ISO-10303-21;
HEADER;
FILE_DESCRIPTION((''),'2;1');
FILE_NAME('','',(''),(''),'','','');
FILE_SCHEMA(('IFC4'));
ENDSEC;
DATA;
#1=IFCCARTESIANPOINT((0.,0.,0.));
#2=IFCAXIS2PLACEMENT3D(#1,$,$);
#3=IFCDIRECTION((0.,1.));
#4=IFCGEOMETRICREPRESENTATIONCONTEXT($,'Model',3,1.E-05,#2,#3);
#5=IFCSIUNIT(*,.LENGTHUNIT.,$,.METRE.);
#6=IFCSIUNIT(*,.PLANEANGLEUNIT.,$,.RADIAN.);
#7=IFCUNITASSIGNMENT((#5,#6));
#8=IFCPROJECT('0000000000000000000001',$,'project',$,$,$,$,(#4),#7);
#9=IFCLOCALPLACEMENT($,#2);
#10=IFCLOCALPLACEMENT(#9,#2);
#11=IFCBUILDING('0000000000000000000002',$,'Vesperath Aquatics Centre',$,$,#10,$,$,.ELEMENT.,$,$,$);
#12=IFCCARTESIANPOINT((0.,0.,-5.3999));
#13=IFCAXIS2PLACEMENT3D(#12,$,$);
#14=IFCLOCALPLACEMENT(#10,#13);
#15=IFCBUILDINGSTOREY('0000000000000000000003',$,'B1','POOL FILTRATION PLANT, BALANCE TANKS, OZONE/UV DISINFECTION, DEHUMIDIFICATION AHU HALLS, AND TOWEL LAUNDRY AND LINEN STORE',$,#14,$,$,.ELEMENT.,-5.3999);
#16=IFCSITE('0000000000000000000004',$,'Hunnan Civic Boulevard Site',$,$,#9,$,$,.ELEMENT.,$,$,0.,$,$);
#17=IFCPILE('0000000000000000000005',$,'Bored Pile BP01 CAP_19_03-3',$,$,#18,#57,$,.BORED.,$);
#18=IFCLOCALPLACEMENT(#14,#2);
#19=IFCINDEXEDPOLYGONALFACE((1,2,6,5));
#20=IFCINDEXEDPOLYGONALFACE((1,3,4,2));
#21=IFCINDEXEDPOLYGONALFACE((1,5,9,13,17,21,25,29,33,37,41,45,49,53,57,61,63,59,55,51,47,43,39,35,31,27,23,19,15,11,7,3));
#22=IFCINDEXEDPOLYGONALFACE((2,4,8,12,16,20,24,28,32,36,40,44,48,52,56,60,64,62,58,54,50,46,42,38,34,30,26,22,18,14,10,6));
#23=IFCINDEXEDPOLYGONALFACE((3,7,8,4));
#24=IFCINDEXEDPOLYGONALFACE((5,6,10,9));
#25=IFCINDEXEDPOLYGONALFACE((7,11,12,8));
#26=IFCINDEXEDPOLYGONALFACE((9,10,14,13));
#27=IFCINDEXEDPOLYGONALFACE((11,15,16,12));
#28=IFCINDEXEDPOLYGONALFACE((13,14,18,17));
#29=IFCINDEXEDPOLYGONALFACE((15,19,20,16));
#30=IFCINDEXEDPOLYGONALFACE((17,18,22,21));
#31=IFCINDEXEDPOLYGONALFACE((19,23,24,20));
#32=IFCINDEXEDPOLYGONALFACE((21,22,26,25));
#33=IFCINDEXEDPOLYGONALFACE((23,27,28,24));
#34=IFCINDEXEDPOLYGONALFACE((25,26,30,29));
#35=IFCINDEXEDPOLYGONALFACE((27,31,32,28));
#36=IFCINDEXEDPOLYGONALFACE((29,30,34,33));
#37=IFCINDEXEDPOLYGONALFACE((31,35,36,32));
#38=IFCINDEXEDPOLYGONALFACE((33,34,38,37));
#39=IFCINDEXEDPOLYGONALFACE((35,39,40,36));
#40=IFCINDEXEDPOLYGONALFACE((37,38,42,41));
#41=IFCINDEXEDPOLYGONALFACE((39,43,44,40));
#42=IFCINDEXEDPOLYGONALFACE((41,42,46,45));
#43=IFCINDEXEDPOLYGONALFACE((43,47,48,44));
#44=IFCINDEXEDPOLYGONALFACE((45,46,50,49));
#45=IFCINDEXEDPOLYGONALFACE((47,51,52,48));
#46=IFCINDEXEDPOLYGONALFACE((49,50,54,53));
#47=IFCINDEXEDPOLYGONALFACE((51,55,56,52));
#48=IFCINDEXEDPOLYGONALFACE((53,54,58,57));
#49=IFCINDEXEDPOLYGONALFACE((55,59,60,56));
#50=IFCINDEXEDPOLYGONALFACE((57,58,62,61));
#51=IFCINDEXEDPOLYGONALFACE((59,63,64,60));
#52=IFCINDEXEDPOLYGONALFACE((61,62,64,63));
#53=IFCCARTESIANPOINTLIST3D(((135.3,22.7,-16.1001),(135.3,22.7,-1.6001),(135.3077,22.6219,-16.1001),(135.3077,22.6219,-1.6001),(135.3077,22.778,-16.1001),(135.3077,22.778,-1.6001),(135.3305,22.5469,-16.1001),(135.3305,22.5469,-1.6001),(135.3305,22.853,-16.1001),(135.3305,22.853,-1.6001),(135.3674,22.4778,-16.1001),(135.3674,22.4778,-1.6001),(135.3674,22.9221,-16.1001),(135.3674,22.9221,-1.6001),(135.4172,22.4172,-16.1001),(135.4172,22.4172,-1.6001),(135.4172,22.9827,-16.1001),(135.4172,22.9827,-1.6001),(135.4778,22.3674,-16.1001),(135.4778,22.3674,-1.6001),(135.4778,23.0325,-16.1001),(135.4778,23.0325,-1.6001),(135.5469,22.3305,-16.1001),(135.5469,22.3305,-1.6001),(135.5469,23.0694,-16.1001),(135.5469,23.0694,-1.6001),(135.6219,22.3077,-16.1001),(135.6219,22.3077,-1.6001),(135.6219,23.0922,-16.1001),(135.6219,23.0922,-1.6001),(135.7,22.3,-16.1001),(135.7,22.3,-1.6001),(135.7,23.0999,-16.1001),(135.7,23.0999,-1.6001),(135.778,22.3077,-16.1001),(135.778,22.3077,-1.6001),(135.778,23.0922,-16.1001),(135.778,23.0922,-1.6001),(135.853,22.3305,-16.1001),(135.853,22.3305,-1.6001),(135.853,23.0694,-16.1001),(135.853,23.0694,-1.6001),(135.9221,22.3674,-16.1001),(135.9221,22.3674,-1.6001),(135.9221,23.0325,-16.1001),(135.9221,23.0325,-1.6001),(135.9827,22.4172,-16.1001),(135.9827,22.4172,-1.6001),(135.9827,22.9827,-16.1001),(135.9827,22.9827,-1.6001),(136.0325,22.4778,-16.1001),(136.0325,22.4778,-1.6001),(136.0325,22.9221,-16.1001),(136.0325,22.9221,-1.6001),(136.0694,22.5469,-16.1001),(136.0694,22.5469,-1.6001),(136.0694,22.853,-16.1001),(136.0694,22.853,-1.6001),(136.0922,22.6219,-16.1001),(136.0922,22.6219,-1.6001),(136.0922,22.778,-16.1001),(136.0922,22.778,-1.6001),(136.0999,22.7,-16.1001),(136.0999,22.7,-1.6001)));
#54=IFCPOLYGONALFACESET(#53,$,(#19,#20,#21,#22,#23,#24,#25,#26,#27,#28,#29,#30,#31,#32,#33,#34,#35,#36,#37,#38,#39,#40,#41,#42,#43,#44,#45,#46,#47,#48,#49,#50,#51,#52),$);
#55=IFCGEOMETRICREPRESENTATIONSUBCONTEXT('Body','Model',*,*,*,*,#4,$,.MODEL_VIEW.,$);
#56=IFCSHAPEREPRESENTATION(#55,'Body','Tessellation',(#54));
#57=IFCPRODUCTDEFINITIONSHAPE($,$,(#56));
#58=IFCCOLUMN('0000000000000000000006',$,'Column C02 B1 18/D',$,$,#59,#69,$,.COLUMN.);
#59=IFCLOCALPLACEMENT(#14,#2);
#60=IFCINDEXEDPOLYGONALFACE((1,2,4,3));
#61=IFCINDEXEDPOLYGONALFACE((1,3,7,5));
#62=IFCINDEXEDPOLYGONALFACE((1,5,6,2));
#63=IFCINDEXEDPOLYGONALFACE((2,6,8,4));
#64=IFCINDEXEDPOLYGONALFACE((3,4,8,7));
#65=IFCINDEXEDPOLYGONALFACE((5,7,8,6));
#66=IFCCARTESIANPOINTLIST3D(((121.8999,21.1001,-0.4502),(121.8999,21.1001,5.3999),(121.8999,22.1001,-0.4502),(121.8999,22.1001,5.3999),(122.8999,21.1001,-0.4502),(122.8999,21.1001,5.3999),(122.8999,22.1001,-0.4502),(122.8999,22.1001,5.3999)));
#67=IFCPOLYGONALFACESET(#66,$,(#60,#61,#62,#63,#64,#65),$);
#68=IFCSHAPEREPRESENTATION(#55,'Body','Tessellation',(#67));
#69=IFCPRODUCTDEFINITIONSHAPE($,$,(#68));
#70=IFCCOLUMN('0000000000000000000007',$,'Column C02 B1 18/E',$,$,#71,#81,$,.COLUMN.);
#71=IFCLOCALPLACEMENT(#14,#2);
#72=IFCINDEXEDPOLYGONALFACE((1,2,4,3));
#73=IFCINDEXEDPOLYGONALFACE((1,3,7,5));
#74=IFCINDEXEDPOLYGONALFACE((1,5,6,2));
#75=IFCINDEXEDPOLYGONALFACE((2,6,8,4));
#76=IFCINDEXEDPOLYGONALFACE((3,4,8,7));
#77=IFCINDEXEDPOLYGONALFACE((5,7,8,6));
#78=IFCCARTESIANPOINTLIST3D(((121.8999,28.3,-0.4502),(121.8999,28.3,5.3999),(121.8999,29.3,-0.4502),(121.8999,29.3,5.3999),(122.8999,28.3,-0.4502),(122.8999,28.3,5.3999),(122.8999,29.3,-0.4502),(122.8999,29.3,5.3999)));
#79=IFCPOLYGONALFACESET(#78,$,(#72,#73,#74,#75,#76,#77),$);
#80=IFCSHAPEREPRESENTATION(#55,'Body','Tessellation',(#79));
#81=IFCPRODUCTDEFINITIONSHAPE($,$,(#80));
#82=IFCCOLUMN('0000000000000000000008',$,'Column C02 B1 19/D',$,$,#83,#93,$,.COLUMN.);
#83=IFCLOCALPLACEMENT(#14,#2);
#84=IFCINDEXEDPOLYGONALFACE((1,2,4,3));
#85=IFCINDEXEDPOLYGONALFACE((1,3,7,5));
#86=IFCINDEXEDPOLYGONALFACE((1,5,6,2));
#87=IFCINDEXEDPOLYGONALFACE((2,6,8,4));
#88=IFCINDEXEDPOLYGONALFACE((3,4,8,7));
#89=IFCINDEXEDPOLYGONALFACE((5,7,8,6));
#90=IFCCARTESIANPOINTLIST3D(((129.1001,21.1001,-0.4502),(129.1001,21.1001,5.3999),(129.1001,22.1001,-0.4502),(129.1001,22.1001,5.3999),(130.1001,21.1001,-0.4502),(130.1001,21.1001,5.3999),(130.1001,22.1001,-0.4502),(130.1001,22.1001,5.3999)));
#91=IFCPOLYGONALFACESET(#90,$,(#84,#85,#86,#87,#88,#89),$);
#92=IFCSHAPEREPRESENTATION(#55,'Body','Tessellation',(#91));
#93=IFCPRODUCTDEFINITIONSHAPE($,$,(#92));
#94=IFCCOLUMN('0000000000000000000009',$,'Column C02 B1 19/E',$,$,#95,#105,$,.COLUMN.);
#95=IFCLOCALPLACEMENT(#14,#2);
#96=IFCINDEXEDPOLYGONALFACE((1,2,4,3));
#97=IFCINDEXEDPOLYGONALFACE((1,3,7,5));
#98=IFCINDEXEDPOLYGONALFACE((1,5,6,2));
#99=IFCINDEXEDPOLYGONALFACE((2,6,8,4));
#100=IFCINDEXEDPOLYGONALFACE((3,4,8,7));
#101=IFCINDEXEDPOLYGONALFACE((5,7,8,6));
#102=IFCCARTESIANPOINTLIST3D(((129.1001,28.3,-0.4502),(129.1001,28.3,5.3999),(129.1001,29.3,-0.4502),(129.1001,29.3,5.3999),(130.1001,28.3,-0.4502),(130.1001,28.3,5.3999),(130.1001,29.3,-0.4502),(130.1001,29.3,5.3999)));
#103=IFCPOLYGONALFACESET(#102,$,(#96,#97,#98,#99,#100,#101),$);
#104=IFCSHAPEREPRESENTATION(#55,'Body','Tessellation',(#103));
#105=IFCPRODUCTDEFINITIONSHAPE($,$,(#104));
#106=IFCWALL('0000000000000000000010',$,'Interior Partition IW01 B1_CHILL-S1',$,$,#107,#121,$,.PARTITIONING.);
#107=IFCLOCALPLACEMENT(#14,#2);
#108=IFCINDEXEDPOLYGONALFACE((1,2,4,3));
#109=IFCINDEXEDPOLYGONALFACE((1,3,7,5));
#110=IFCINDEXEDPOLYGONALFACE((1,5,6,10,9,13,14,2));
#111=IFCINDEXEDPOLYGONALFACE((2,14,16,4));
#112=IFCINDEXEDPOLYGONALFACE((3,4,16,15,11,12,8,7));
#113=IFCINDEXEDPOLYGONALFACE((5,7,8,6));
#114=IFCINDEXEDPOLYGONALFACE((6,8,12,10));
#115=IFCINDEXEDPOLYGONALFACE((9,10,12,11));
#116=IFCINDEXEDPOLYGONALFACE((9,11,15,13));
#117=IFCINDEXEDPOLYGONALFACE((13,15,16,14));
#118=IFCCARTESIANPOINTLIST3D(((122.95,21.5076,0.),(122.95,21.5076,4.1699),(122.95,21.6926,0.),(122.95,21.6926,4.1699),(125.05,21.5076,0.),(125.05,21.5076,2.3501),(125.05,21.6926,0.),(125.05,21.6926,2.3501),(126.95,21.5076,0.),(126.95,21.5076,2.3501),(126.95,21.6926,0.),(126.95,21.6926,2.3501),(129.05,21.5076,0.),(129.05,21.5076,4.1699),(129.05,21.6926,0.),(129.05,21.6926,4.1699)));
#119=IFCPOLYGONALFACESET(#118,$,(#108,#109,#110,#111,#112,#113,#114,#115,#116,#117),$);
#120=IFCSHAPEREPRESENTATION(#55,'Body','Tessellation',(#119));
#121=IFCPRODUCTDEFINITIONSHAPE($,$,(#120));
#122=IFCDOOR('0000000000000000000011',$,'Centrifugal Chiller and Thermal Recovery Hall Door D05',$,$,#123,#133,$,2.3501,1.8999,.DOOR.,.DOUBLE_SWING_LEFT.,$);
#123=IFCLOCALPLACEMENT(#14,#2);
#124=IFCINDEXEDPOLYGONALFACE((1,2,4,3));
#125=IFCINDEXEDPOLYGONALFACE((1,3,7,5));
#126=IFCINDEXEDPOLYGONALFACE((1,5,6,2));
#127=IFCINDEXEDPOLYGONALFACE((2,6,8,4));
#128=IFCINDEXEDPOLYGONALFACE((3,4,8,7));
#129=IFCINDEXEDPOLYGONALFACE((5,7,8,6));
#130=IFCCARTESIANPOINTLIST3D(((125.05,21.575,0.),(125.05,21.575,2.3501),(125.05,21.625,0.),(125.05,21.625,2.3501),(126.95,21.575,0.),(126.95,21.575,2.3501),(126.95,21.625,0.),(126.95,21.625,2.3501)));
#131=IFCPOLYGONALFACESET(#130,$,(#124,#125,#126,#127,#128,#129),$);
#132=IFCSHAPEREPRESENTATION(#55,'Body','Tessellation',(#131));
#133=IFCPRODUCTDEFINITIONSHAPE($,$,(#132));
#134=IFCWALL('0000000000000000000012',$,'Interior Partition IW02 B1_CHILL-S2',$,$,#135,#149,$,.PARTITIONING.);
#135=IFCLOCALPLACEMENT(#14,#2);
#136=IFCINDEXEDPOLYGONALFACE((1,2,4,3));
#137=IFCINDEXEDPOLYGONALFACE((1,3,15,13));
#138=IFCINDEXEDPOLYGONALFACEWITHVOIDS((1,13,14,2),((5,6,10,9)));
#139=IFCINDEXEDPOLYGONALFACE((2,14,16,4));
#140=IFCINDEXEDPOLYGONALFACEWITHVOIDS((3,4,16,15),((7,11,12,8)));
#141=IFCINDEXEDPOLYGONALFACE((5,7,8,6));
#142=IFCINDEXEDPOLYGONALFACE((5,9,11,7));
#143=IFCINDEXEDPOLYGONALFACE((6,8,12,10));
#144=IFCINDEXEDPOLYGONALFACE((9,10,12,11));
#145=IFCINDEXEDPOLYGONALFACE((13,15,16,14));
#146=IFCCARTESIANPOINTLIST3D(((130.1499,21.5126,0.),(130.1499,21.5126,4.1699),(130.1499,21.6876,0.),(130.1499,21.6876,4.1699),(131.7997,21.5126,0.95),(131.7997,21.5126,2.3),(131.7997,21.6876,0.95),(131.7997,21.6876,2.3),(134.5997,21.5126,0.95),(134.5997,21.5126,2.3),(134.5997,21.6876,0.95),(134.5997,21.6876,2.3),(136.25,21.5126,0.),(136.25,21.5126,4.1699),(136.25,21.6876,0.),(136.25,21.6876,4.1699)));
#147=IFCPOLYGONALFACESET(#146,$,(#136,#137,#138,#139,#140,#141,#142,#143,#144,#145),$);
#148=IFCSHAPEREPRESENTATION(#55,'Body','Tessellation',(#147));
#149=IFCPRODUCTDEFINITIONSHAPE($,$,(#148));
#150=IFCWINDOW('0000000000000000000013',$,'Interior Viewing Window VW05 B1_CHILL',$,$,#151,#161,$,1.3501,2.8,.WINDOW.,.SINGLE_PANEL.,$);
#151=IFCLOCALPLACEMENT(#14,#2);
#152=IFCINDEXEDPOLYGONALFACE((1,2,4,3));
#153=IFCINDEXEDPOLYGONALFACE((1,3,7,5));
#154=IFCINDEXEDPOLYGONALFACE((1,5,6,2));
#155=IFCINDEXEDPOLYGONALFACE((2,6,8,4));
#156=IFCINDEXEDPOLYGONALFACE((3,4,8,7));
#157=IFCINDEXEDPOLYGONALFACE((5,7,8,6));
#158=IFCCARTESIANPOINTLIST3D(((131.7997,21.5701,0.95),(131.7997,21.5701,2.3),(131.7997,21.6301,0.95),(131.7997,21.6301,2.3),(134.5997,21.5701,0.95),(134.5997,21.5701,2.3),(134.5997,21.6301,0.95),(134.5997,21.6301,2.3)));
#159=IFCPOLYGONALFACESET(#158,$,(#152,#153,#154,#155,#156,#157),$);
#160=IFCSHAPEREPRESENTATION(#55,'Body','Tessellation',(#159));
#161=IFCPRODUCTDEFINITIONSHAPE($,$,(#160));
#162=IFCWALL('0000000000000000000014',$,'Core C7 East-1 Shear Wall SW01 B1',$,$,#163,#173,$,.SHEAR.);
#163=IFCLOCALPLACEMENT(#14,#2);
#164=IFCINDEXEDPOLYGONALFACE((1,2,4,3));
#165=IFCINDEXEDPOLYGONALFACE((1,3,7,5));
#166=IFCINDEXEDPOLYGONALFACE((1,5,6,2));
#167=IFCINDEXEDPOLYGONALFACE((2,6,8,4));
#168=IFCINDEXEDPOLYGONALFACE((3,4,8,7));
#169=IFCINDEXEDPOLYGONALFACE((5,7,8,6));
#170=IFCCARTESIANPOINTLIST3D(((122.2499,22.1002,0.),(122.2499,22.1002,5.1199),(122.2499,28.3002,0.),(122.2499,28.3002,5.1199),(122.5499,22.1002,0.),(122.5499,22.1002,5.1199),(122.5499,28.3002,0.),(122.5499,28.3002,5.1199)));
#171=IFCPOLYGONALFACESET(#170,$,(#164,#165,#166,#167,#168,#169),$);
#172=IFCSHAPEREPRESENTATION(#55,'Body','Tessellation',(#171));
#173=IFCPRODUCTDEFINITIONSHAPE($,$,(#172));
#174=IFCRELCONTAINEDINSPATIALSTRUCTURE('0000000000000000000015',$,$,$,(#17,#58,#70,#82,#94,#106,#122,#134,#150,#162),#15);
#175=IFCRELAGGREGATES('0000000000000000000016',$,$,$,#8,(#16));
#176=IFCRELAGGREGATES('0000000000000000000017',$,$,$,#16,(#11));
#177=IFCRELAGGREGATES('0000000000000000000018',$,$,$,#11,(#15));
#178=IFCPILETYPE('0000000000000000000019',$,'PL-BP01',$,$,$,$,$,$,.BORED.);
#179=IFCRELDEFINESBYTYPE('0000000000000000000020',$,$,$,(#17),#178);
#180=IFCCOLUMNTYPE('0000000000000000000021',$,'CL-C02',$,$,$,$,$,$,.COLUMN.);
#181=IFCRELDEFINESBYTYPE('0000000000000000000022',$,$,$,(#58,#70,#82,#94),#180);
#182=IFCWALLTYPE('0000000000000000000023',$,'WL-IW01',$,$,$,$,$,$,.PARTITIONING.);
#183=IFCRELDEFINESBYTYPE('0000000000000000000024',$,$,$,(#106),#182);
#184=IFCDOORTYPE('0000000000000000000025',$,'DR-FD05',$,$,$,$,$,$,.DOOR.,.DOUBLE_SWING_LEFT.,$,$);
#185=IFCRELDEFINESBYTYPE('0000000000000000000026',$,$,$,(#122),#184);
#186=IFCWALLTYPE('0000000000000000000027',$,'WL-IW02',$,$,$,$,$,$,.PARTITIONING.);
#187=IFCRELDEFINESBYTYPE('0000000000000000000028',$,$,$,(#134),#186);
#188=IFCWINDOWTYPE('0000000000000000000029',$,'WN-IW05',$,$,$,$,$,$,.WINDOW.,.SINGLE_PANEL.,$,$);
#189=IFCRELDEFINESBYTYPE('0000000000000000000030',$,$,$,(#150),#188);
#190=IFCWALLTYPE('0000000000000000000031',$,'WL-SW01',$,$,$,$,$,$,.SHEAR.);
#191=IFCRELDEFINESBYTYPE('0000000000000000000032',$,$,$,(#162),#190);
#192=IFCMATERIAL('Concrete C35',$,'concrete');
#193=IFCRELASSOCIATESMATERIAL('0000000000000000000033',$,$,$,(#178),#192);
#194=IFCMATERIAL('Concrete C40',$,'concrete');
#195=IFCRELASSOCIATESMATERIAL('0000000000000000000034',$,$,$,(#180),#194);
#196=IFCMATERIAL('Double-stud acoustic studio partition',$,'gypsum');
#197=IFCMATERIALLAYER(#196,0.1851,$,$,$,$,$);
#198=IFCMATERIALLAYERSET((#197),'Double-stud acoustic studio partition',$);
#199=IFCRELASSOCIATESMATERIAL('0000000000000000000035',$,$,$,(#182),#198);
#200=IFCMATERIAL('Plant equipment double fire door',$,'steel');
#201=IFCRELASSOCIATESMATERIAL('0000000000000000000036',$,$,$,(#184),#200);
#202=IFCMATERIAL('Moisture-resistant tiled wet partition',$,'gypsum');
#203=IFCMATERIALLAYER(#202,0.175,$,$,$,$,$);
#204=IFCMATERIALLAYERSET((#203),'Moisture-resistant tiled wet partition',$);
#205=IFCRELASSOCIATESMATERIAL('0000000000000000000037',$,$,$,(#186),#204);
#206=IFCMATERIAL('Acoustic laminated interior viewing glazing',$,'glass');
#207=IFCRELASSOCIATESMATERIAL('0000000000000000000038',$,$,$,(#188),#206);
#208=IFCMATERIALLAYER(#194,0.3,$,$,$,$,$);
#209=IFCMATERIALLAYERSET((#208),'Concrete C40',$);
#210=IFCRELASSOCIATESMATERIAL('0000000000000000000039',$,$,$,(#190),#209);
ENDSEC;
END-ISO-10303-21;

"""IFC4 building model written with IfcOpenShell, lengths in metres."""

from ifc_helpers import new_model, si_unit, direction, frame, frame_2d, origin, origin_2d, place, context, subcontext, project, spatial, rectangle, circle, extrude, material, layer, layer_set, material_profile, profile_set, type_object, element, fill, save


model = new_model("IFC4")

# Units and contexts
model_context = context("Model", 3, precision=1e-05, world=origin(), true_north=direction((0.0, 1.0)))
body_context = subcontext(model_context, "Body", "Model", "MODEL_VIEW")
ifc_project = project(units=[si_unit("LENGTHUNIT", "METRE"), si_unit("PLANEANGLEUNIT", "RADIAN")], contexts=[model_context])

# Site, building, storey
site_placement = place(None, origin())
site = spatial("IfcSite", under=ifc_project, at=site_placement, Name="Hunnan Civic Boulevard Site", CompositionType="ELEMENT", RefElevation=0.0)
building_placement = place(site_placement, origin())
building = spatial("IfcBuilding", under=site, at=building_placement, Name="Vesperath Aquatics Centre", CompositionType="ELEMENT")
storey_placement = place(building_placement, frame((0.0, 0.0, -5.3999)))
storey = spatial("IfcBuildingStorey", under=building, at=storey_placement, Name="B1", Description="POOL FILTRATION PLANT, BALANCE TANKS, OZONE/UV DISINFECTION, DEHUMIDIFICATION AHU HALLS, AND TOWEL LAUNDRY AND LINEN STORE", CompositionType="ELEMENT", Elevation=-5.3999)

# Shared definitions
ifc_material_1 = material(Name="Concrete C40", Category="concrete")

# Pile
ifc_material_2 = material(Name="Concrete C35", Category="concrete")
ifc_material_profile_1 = material_profile(ifc_material_2, circle(Radius=0.3999, at=origin_2d()), Name="PILE D800")
ifc_profile_set_1 = profile_set([ifc_material_profile_1], Name="Concrete C35")
pile_type = type_object("IfcPileType", Name="PL-BP01", PredefinedType="BORED", material=ifc_profile_set_1)
for number, where, z_axis, x_axis, name in (
    (1, (135.7, 22.7, -1.6001), (0.0, 0.0, -1.0), (1.0, 0.0, 0.0), "Bored Pile BP01 CAP_19_03-3"),
):
    element("IfcPile", number, at=place(storey_placement, frame(where, z_axis=z_axis, x_axis=x_axis)), inside=storey, type_object=pile_type, Name=name, PredefinedType="BORED", context=body_context, shape_type="SweptSolid", body=[
        extrude(circle(Radius=0.3999, at=origin_2d()), origin(), (0.0, 0.0, 1.0), 14.5),
    ])

# Columns
ifc_material_profile_2 = material_profile(ifc_material_1, rectangle(XDim=1.0, YDim=1.0, at=origin_2d()), Name="RC 1000x1000")
ifc_profile_set_2 = profile_set([ifc_material_profile_2], Name="Concrete C40")
column_type = type_object("IfcColumnType", Name="CL-C02", PredefinedType="COLUMN", material=ifc_profile_set_2)
for number, where, z_axis, x_axis, name in (
    (2, (122.3999, 21.6001, -0.4502), (0.0, 0.0, 1.0), (1.0, 0.0, 0.0), "Column C02 B1 18/D"),
    (3, (122.3999, 28.8, -0.4502), (0.0, 0.0, 1.0), (1.0, 0.0, 0.0), "Column C02 B1 18/E"),
    (4, (129.6001, 21.6001, -0.4502), (0.0, 0.0, 1.0), (1.0, 0.0, 0.0), "Column C02 B1 19/D"),
    (5, (129.6001, 28.8, -0.4502), (0.0, 0.0, 1.0), (1.0, 0.0, 0.0), "Column C02 B1 19/E"),
):
    element("IfcColumn", number, at=place(storey_placement, frame(where, z_axis=z_axis, x_axis=x_axis)), inside=storey, type_object=column_type, Name=name, PredefinedType="COLUMN", context=body_context, shape_type="SweptSolid", body=[
        extrude(rectangle(XDim=1.0, YDim=1.0, at=origin_2d()), origin(), (0.0, 0.0, 1.0), 5.8501),
    ])

# Wall, opening, door
ifc_material_3 = material(Name="Double-stud acoustic studio partition", Category="gypsum")
ifc_layer_1 = layer(ifc_material_3, 0.1851)
ifc_layer_set_1 = layer_set([ifc_layer_1], Name="Double-stud acoustic studio partition")
wall_type_1 = type_object("IfcWallType", Name="WL-IW01", PredefinedType="PARTITIONING", material=ifc_layer_set_1)
wall_1_placement = place(storey_placement, frame((122.95, 21.6001, 0.0), z_axis=(0.0, 0.0, 1.0), x_axis=(1.0, 0.0, 0.0)))
wall_1 = element("IfcWall", 6, at=wall_1_placement, inside=storey, type_object=wall_type_1, Name="Interior Partition IW01 B1_CHILL-S1", PredefinedType="PARTITIONING", context=body_context, shape_type="SweptSolid", body=[
    extrude(rectangle(XDim=6.1001, YDim=0.1851, at=frame_2d((3.05, 0.0))), origin(), (0.0, 0.0, 1.0), 4.1699),
])
opening_1_placement = place(wall_1_placement, frame((2.1001, 0.0, 0.0)))
opening_1 = element("IfcOpeningElement", 7, at=opening_1_placement, cuts=wall_1, PredefinedType="OPENING", context=body_context, shape_type="SweptSolid", body=[
    extrude(rectangle(XDim=1.8999, YDim=2.3501, at=frame_2d((0.95, 1.175))), frame((0.0, 0.1074, 0.0), z_axis=(0.0, -1.0, 0.0), x_axis=(1.0, 0.0, 0.0)), (0.0, 0.0, 1.0), 0.2148),
])
ifc_material_4 = material(Name="Plant equipment double fire door", Category="steel")
door_type = type_object("IfcDoorType", Name="DR-FD05", OperationType="DOUBLE_SWING_LEFT", PredefinedType="DOOR", material=ifc_material_4)
door_placement = place(opening_1_placement, origin())
door = element("IfcDoor", 8, at=door_placement, inside=storey, type_object=door_type, Name="Centrifugal Chiller and Thermal Recovery Hall Door D05", OperationType="DOUBLE_SWING_LEFT", OverallHeight=2.3501, OverallWidth=1.8999, PredefinedType="DOOR", context=body_context, shape_type="SweptSolid", body=[
    extrude(rectangle(XDim=1.8999, YDim=2.3501, at=frame_2d((0.95, 1.175))), frame((0.0, 0.0249, 0.0), z_axis=(0.0, -1.0, 0.0), x_axis=(1.0, 0.0, 0.0)), (0.0, 0.0, 1.0), 0.05),
])
fill(opening_1, door)

# Wall, opening, window
ifc_material_5 = material(Name="Moisture-resistant tiled wet partition", Category="gypsum")
ifc_layer_2 = layer(ifc_material_5, 0.175)
ifc_layer_set_2 = layer_set([ifc_layer_2], Name="Moisture-resistant tiled wet partition")
wall_type_2 = type_object("IfcWallType", Name="WL-IW02", PredefinedType="PARTITIONING", material=ifc_layer_set_2)
wall_2_placement = place(storey_placement, frame((130.1499, 21.6001, 0.0), z_axis=(0.0, 0.0, 1.0), x_axis=(1.0, 0.0, 0.0)))
wall_2 = element("IfcWall", 9, at=wall_2_placement, inside=storey, type_object=wall_type_2, Name="Interior Partition IW02 B1_CHILL-S2", PredefinedType="PARTITIONING", context=body_context, shape_type="SweptSolid", body=[
    extrude(rectangle(XDim=6.1001, YDim=0.175, at=frame_2d((3.05, 0.0))), origin(), (0.0, 0.0, 1.0), 4.1699),
])
opening_2_placement = place(wall_2_placement, frame((1.6499, 0.0, 0.95)))
opening_2 = element("IfcOpeningElement", 10, at=opening_2_placement, cuts=wall_2, PredefinedType="OPENING", context=body_context, shape_type="SweptSolid", body=[
    extrude(rectangle(XDim=2.8, YDim=1.3501, at=frame_2d((1.3999, 0.675))), frame((0.0, 0.1025, 0.0), z_axis=(0.0, -1.0, 0.0), x_axis=(1.0, 0.0, 0.0)), (0.0, 0.0, 1.0), 0.2048),
])
ifc_material_6 = material(Name="Acoustic laminated interior viewing glazing", Category="glass")
window_type = type_object("IfcWindowType", Name="WN-IW05", PartitioningType="SINGLE_PANEL", PredefinedType="WINDOW", material=ifc_material_6)
window_placement = place(opening_2_placement, origin())
window = element("IfcWindow", 11, at=window_placement, inside=storey, type_object=window_type, Name="Interior Viewing Window VW05 B1_CHILL", OverallHeight=1.3501, OverallWidth=2.8, PartitioningType="SINGLE_PANEL", PredefinedType="WINDOW", context=body_context, shape_type="SweptSolid", body=[
    extrude(rectangle(XDim=2.8, YDim=1.3501, at=frame_2d((1.3999, 0.675))), frame((0.0, 0.03, 0.0), z_axis=(0.0, -1.0, 0.0), x_axis=(1.0, 0.0, 0.0)), (0.0, 0.0, 1.0), 0.0601),
])
fill(opening_2, window)

# Wall
ifc_layer_3 = layer(ifc_material_1, 0.3)
ifc_layer_set_3 = layer_set([ifc_layer_3], Name="Concrete C40")
wall_type_3 = type_object("IfcWallType", Name="WL-SW01", PredefinedType="SHEAR", material=ifc_layer_set_3)
wall_3_placement = place(storey_placement, frame((122.3999, 22.1001, 0.0), z_axis=(0.0, 0.0, 1.0), x_axis=(0.0, 1.0, 0.0)))
element("IfcWall", 12, at=wall_3_placement, inside=storey, type_object=wall_type_3, Name="Core C7 East-1 Shear Wall SW01 B1", PredefinedType="SHEAR", context=body_context, shape_type="SweptSolid", body=[
    extrude(rectangle(XDim=6.2, YDim=0.3, at=frame_2d((3.1001, 0.0))), origin(), (0.0, 0.0, 1.0), 5.1199),
])

save(model, "model.ifc")
